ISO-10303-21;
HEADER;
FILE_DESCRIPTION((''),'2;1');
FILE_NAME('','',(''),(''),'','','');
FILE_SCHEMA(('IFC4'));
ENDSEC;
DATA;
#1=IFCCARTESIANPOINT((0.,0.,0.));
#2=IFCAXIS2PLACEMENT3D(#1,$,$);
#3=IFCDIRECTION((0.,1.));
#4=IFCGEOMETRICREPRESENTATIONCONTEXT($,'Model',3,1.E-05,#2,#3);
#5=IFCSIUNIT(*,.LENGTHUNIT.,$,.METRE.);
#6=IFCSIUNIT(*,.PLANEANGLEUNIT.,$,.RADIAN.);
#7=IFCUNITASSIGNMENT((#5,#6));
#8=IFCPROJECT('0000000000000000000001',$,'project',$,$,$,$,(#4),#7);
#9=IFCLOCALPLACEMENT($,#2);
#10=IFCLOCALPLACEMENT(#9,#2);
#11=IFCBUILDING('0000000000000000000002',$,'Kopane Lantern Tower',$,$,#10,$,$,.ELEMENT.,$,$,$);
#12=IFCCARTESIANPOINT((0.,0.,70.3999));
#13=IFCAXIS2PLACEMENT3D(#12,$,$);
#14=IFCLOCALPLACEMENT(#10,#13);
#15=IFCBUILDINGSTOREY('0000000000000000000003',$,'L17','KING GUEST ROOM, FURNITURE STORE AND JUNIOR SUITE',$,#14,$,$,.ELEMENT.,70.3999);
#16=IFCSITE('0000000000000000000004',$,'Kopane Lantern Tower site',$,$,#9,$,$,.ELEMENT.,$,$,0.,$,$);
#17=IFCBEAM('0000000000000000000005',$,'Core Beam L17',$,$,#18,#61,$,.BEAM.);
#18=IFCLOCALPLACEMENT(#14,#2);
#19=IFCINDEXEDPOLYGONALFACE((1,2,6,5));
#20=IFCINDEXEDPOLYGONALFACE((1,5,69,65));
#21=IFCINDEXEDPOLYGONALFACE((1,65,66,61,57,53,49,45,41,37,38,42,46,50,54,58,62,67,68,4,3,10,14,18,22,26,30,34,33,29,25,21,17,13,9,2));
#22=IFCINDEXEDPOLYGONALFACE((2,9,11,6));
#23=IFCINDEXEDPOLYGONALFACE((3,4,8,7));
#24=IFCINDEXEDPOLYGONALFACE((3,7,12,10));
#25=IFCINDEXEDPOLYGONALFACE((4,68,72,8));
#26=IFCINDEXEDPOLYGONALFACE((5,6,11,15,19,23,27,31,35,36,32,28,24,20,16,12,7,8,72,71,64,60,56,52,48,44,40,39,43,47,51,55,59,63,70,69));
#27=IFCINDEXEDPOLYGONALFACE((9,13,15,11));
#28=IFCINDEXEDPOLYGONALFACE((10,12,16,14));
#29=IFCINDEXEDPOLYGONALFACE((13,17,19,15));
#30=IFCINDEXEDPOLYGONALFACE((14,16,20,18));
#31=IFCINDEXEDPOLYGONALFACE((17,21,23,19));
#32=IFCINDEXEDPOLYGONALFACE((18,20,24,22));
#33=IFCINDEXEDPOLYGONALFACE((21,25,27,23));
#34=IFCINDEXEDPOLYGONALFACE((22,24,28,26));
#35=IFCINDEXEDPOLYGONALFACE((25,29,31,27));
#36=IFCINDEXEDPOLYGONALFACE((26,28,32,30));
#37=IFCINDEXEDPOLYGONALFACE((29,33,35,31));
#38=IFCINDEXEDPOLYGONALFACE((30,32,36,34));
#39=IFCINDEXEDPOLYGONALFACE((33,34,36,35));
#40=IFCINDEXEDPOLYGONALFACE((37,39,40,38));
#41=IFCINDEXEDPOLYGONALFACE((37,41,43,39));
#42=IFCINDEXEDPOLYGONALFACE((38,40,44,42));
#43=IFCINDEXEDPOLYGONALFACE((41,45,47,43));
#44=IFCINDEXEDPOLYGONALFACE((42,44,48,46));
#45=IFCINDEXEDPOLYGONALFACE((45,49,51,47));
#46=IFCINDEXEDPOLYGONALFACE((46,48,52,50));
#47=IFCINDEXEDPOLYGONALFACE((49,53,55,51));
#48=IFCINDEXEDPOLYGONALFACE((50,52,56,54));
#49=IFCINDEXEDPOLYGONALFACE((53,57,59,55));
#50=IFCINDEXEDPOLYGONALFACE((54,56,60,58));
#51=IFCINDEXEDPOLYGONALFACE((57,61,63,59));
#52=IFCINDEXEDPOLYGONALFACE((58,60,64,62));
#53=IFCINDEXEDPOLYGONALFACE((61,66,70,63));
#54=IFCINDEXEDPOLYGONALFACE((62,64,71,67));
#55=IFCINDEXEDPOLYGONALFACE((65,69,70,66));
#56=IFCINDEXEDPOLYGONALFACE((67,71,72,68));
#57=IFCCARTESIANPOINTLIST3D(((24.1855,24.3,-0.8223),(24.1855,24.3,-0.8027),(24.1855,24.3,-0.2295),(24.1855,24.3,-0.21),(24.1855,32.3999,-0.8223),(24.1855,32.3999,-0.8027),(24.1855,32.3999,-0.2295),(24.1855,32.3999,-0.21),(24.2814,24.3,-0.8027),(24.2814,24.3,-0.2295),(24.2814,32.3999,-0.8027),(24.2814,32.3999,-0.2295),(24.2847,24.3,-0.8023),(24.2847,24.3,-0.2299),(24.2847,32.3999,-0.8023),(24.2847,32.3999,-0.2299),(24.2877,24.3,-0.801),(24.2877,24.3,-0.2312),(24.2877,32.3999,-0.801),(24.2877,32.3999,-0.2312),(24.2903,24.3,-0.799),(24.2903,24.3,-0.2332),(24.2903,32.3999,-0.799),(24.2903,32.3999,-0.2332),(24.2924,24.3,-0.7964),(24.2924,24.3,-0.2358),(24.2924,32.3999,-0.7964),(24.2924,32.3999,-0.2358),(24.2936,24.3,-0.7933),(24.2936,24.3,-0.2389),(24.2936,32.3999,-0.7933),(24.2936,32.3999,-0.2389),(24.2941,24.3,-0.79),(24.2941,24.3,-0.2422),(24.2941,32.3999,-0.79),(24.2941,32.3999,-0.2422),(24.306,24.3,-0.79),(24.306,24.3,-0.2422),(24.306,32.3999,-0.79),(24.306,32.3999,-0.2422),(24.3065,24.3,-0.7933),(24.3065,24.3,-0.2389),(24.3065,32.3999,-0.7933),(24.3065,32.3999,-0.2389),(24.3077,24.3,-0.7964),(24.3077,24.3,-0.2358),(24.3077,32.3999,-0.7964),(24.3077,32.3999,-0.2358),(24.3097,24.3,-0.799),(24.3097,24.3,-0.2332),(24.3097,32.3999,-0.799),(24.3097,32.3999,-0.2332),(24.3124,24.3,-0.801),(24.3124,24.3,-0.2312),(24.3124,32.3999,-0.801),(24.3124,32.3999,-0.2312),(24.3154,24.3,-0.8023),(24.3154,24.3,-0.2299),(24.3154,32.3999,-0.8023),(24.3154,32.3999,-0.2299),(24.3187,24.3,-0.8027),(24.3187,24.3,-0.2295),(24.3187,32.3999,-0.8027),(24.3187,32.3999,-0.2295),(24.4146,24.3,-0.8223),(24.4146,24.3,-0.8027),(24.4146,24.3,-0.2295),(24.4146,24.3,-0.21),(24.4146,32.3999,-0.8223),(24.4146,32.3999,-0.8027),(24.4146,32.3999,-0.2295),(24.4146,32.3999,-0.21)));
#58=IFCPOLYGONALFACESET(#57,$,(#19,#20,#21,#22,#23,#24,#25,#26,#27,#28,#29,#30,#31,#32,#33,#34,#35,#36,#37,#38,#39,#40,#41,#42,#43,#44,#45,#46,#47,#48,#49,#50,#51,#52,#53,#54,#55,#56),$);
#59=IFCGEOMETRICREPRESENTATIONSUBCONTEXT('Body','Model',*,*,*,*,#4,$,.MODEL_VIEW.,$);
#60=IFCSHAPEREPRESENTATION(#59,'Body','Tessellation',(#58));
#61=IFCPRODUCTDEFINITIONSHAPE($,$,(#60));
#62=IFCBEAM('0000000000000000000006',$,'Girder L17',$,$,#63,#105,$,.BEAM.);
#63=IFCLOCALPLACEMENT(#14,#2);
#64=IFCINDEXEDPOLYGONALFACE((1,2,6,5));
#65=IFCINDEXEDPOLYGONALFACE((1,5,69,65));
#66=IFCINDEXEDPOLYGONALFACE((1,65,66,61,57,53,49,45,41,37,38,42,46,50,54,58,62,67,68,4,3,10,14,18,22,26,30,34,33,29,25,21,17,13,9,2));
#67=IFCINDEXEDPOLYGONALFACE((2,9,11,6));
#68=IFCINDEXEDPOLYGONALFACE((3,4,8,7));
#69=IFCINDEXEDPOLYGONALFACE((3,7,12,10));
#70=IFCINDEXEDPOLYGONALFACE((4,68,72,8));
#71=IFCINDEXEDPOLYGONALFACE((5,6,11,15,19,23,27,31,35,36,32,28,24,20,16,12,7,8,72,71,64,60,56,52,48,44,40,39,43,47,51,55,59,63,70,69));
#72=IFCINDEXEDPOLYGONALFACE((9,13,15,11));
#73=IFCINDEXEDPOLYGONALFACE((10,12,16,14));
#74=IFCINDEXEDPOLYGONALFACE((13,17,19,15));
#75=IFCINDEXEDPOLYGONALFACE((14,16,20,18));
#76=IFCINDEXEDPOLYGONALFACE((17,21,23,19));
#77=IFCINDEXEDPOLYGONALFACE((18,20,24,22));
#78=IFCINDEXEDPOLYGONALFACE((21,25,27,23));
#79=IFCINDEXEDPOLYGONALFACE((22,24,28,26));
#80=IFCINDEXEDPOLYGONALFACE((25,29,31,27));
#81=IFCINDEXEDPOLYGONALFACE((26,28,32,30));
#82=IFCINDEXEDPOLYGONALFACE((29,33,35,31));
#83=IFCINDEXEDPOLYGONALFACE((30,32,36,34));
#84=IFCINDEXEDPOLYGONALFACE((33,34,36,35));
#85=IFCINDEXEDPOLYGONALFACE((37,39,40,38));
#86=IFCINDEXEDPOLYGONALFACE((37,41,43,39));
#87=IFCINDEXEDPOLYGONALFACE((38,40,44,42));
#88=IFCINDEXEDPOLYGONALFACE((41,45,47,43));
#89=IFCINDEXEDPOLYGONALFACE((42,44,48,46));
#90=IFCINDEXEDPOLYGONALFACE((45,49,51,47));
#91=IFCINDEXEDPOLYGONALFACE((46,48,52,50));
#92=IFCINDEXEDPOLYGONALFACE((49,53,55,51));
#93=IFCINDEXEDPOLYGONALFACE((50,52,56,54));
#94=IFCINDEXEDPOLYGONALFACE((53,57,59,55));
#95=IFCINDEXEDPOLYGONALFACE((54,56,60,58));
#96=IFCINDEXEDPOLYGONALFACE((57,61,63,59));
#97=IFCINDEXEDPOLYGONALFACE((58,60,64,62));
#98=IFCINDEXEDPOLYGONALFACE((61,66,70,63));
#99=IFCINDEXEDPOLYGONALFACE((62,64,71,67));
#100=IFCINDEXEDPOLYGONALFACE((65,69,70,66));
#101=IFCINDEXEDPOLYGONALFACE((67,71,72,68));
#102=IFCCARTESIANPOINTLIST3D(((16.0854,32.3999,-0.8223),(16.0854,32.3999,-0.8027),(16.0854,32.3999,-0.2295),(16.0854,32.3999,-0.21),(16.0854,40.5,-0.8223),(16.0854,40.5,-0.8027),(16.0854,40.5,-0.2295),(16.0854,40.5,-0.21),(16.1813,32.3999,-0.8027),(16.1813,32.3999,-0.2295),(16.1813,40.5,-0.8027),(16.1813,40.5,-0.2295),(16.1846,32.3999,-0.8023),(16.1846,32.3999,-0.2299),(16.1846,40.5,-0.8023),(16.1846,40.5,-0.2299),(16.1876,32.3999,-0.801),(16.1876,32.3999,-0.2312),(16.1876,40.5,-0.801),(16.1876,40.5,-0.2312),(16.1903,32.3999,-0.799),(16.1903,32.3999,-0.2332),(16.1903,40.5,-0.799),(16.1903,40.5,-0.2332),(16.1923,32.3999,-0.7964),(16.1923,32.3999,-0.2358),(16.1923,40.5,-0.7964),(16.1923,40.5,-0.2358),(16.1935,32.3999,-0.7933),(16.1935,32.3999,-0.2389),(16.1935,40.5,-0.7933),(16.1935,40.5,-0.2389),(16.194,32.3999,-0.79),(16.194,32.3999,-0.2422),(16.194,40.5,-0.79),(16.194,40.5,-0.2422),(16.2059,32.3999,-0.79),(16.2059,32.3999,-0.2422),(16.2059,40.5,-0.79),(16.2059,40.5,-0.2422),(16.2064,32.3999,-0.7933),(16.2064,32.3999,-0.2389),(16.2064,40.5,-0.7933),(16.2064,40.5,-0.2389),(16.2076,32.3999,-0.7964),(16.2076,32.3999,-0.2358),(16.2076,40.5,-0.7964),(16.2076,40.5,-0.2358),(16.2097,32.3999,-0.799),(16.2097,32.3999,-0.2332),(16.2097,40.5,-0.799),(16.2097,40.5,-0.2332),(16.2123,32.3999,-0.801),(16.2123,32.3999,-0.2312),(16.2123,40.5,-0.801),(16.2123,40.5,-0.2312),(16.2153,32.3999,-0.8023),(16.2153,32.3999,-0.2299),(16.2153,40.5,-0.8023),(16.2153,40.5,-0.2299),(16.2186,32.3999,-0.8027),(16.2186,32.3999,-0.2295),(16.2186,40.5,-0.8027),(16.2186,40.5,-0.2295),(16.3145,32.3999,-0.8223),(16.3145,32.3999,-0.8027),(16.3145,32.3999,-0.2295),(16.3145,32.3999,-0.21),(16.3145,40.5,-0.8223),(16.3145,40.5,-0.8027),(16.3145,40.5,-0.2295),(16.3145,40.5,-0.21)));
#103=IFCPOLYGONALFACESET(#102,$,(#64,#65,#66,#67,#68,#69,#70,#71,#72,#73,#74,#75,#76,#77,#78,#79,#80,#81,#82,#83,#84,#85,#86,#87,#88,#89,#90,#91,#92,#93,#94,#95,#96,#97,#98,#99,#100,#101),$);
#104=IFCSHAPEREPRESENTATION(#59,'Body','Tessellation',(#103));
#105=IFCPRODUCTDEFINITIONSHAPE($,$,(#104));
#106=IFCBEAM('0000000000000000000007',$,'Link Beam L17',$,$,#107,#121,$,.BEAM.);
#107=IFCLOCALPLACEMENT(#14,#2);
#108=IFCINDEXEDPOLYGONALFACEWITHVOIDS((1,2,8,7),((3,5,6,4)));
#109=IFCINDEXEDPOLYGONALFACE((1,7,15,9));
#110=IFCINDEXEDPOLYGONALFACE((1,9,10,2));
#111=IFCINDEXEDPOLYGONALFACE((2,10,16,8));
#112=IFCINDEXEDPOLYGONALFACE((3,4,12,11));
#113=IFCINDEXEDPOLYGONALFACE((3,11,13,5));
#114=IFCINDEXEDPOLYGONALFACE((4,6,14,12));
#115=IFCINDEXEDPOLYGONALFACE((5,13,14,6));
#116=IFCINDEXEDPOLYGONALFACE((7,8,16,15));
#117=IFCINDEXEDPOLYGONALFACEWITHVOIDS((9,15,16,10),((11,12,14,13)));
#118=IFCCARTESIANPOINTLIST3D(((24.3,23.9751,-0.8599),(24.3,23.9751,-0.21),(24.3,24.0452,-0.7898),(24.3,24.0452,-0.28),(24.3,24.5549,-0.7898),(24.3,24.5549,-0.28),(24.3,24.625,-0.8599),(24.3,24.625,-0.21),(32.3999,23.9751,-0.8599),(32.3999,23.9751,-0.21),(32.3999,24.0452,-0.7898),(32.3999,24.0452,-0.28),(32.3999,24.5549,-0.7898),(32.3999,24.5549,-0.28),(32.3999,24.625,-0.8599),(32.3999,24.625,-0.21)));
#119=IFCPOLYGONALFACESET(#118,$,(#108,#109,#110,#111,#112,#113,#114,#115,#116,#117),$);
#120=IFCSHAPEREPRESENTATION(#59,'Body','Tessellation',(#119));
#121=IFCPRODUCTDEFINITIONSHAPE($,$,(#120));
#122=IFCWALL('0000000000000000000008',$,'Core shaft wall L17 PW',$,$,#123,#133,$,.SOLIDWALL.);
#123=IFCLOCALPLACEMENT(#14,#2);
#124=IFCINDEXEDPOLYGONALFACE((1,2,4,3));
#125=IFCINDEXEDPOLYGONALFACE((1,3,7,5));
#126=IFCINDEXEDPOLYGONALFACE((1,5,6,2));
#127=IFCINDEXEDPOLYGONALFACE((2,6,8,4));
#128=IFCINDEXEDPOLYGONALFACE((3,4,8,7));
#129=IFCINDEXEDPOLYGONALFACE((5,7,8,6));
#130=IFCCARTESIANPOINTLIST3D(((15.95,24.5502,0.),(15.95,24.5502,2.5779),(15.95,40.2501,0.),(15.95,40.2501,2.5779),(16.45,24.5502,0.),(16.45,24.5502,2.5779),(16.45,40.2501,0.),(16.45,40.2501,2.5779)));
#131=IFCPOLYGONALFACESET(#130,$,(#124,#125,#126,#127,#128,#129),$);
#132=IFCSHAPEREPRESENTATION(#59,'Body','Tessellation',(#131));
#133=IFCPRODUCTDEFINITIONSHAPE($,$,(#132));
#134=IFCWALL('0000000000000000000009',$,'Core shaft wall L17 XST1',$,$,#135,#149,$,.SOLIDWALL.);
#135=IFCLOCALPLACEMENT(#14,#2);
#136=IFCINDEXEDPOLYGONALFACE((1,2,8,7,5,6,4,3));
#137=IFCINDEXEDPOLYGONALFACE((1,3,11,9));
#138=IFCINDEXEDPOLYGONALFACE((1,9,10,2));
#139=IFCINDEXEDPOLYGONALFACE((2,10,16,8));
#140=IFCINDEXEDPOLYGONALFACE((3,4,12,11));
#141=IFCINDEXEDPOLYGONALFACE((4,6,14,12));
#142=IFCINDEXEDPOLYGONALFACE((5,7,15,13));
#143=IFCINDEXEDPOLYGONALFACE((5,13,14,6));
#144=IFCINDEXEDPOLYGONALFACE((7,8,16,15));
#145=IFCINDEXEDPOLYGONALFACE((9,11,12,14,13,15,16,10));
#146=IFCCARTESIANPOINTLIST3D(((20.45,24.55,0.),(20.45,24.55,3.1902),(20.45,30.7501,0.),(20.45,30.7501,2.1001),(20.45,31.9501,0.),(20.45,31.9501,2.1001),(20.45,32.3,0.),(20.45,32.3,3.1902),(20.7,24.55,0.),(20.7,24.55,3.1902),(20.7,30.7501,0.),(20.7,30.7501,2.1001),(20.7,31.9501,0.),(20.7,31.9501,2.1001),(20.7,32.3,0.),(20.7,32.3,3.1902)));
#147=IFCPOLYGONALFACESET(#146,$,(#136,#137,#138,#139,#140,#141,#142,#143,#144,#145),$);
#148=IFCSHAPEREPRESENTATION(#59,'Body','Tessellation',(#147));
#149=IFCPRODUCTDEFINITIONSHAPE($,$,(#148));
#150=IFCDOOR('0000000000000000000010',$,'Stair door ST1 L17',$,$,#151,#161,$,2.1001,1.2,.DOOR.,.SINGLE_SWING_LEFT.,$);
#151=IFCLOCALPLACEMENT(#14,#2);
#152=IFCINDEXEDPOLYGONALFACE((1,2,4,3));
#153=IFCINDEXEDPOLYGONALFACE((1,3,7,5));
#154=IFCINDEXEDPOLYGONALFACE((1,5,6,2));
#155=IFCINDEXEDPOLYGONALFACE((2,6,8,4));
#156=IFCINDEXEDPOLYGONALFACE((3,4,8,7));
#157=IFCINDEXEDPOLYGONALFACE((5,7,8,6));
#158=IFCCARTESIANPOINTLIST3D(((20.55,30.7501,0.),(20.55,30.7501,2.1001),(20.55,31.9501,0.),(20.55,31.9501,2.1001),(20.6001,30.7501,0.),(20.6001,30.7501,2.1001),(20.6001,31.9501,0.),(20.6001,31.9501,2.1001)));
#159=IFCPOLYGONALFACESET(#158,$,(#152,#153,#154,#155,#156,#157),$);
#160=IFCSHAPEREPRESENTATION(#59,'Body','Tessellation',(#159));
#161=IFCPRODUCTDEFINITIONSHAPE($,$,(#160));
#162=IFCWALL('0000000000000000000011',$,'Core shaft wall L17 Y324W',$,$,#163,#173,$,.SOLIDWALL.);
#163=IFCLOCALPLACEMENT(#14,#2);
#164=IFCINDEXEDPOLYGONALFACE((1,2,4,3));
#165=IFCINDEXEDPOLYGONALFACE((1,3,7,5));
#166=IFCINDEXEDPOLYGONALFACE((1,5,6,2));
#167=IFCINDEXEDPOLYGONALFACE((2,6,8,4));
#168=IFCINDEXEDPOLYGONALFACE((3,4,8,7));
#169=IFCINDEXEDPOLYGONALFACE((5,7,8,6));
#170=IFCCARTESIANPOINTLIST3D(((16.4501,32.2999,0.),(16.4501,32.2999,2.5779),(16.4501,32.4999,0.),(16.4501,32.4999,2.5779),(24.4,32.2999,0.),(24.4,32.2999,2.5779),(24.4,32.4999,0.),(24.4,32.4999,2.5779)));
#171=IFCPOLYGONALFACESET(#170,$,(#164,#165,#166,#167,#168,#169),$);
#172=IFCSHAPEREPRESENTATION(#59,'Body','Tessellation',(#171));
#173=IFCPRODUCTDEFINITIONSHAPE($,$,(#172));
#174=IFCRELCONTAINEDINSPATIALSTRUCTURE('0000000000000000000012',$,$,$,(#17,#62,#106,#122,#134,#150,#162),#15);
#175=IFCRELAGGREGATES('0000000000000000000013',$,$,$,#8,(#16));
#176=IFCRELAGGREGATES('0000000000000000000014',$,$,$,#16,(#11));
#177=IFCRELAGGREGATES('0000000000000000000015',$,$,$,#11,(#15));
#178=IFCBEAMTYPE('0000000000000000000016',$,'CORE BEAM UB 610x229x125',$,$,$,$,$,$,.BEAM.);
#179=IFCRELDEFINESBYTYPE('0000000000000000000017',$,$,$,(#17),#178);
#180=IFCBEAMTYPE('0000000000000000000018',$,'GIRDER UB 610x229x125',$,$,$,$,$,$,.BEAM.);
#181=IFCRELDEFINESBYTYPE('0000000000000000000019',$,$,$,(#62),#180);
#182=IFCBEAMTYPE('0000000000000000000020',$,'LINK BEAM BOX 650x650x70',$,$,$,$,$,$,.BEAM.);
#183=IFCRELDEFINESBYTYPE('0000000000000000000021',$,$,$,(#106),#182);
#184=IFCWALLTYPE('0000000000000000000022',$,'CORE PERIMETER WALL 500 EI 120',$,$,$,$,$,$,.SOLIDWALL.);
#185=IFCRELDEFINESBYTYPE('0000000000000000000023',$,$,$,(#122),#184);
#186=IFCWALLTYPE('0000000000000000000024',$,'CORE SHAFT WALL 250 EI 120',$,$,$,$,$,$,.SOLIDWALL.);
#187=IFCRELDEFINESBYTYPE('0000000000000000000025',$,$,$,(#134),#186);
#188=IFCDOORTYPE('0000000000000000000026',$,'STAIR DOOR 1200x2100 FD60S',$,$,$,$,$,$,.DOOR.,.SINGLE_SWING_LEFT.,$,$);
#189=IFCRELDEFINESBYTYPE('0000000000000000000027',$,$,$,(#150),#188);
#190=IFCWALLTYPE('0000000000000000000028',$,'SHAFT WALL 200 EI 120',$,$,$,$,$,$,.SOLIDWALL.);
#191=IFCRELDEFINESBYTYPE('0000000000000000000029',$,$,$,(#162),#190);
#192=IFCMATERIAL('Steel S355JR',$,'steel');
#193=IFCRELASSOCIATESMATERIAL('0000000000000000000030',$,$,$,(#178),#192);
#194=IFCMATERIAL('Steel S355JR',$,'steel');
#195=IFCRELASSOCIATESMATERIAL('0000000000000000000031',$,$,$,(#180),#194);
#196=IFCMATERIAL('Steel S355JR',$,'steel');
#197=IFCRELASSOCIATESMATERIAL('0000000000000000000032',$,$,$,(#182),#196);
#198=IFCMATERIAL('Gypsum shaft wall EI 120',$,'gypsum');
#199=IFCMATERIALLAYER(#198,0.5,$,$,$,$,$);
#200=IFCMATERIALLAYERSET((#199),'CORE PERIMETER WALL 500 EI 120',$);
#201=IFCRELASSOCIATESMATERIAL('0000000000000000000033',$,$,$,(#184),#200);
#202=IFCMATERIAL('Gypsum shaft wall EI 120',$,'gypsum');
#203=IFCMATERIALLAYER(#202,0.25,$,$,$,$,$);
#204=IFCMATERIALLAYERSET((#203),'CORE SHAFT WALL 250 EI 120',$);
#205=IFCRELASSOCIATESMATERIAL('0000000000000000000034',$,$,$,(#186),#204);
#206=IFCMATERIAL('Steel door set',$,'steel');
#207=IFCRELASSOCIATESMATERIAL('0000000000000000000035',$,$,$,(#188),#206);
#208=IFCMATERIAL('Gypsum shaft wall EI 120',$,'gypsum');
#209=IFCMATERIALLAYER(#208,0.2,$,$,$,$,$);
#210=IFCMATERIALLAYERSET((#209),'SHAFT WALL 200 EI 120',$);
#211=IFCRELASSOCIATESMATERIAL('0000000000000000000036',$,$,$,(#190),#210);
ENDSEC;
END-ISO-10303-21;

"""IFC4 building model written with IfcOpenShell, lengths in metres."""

from ifc_helpers import new_model, si_unit, direction, frame, frame_2d, origin, origin_2d, place, context, subcontext, project, spatial, rectangle, hollow_rectangle, i_section, extrude, material, layer, layer_set, material_profile, profile_set, type_object, element, fill, save


model = new_model("IFC4")

# Units and contexts
model_context = context("Model", 3, precision=1e-05, world=origin(), true_north=direction((0.0, 1.0)))
body_context = subcontext(model_context, "Body", "Model", "MODEL_VIEW")
ifc_project = project(units=[si_unit("LENGTHUNIT", "METRE"), si_unit("PLANEANGLEUNIT", "RADIAN")], contexts=[model_context])

# Site, building, storey
site_placement = place(None, origin())
site = spatial("IfcSite", under=ifc_project, at=site_placement, Name="Kopane Lantern Tower site", CompositionType="ELEMENT", RefElevation=0.0)
building_placement = place(site_placement, origin())
building = spatial("IfcBuilding", under=site, at=building_placement, Name="Kopane Lantern Tower", CompositionType="ELEMENT")
storey_placement = place(building_placement, frame((0.0, 0.0, 70.3999)))
storey = spatial("IfcBuildingStorey", under=building, at=storey_placement, Name="L17", Description="KING GUEST ROOM, FURNITURE STORE AND JUNIOR SUITE", CompositionType="ELEMENT", Elevation=70.3999)

# Beams
ifc_material_1 = material(Name="Steel S355JR", Category="steel")
ifc_material_profile_1 = material_profile(ifc_material_1, i_section(OverallWidth=0.229, OverallDepth=0.6123, WebThickness=0.012, FlangeThickness=0.0195, FilletRadius=0.0127, at=origin_2d()), Name="UB 610x229x125")
ifc_profile_set_1 = profile_set([ifc_material_profile_1], Name="Steel S355JR")
beam_type_1 = type_object("IfcBeamType", Name="CORE BEAM UB 610x229x125", PredefinedType="BEAM", material=ifc_profile_set_1)
beam_1_placement = place(storey_placement, frame((24.3, 24.3, -0.5161), z_axis=(0.0, 1.0, 0.0), x_axis=(-1.0, 0.0, 0.0)))
element("IfcBeam", 1, at=beam_1_placement, inside=storey, type_object=beam_type_1, Name="Core Beam L17", PredefinedType="BEAM", context=body_context, shape_type="SweptSolid", body=[
    extrude(i_section(OverallWidth=0.229, OverallDepth=0.6123, WebThickness=0.012, FlangeThickness=0.0195, FilletRadius=0.0127, at=origin_2d()), origin(), (0.0, 0.0, 1.0), 8.0999),
])
ifc_material_2 = material(Name="Steel S355JR", Category="steel")
ifc_material_profile_2 = material_profile(ifc_material_2, i_section(OverallWidth=0.229, OverallDepth=0.6123, WebThickness=0.012, FlangeThickness=0.0195, FilletRadius=0.0127, at=origin_2d()), Name="UB 610x229x125")
ifc_profile_set_2 = profile_set([ifc_material_profile_2], Name="Steel S355JR")
beam_type_2 = type_object("IfcBeamType", Name="GIRDER UB 610x229x125", PredefinedType="BEAM", material=ifc_profile_set_2)
beam_2_placement = place(storey_placement, frame((16.2, 32.3999, -0.5161), z_axis=(0.0, 1.0, 0.0), x_axis=(-1.0, 0.0, 0.0)))
element("IfcBeam", 2, at=beam_2_placement, inside=storey, type_object=beam_type_2, Name="Girder L17", PredefinedType="BEAM", context=body_context, shape_type="SweptSolid", body=[
    extrude(i_section(OverallWidth=0.229, OverallDepth=0.6123, WebThickness=0.012, FlangeThickness=0.0195, FilletRadius=0.0127, at=origin_2d()), origin(), (0.0, 0.0, 1.0), 8.1001),
])
ifc_material_3 = material(Name="Steel S355JR", Category="steel")
ifc_material_profile_3 = material_profile(ifc_material_3, hollow_rectangle(XDim=0.6499, YDim=0.6499, WallThickness=0.0701, at=origin_2d()), Name="BOX 650x650x70")
ifc_profile_set_3 = profile_set([ifc_material_profile_3], Name="Steel S355JR")
beam_type_3 = type_object("IfcBeamType", Name="LINK BEAM BOX 650x650x70", PredefinedType="BEAM", material=ifc_profile_set_3)
beam_3_placement = place(storey_placement, frame((24.3, 24.3, -0.5349), z_axis=(1.0, 0.0, 0.0), x_axis=(0.0, 1.0, 0.0)))
element("IfcBeam", 3, at=beam_3_placement, inside=storey, type_object=beam_type_3, Name="Link Beam L17", PredefinedType="BEAM", context=body_context, shape_type="SweptSolid", body=[
    extrude(hollow_rectangle(XDim=0.6499, YDim=0.6499, WallThickness=0.0701, at=origin_2d()), origin(), (0.0, 0.0, 1.0), 8.0999),
])

# Wall
ifc_material_4 = material(Name="Gypsum shaft wall EI 120", Category="gypsum")
ifc_layer_1 = layer(ifc_material_4, 0.5)
ifc_layer_set_1 = layer_set([ifc_layer_1], Name="CORE PERIMETER WALL 500 EI 120")
wall_type_1 = type_object("IfcWallType", Name="CORE PERIMETER WALL 500 EI 120", PredefinedType="SOLIDWALL", material=ifc_layer_set_1)
wall_1_placement = place(storey_placement, frame((16.2, 24.55, 0.0), z_axis=(0.0, 0.0, 1.0), x_axis=(0.0, 1.0, 0.0)))
element("IfcWall", 4, at=wall_1_placement, inside=storey, type_object=wall_type_1, Name="Core shaft wall L17 PW", PredefinedType="SOLIDWALL", context=body_context, shape_type="SweptSolid", body=[
    extrude(rectangle(XDim=15.7, YDim=0.5, at=frame_2d((7.8501, 0.0))), origin(), (0.0, 0.0, 1.0), 2.5779),
])

# Wall, opening, door
ifc_material_5 = material(Name="Gypsum shaft wall EI 120", Category="gypsum")
ifc_layer_2 = layer(ifc_material_5, 0.25)
ifc_layer_set_2 = layer_set([ifc_layer_2], Name="CORE SHAFT WALL 250 EI 120")
wall_type_2 = type_object("IfcWallType", Name="CORE SHAFT WALL 250 EI 120", PredefinedType="SOLIDWALL", material=ifc_layer_set_2)
wall_2_placement = place(storey_placement, frame((20.575, 24.55, 0.0), z_axis=(0.0, 0.0, 1.0), x_axis=(0.0, 1.0, 0.0)))
wall_2 = element("IfcWall", 5, at=wall_2_placement, inside=storey, type_object=wall_type_2, Name="Core shaft wall L17 XST1", PredefinedType="SOLIDWALL", context=body_context, shape_type="SweptSolid", body=[
    extrude(rectangle(XDim=7.75, YDim=0.25, at=frame_2d((3.875, 0.0))), origin(), (0.0, 0.0, 1.0), 3.1902),
])
opening_1_placement = place(wall_2_placement, frame((6.2, 0.0, 0.0)))
opening_1 = element("IfcOpeningElement", 6, at=opening_1_placement, cuts=wall_2, PredefinedType="OPENING", context=body_context, shape_type="SweptSolid", body=[
    extrude(rectangle(XDim=1.2, YDim=2.1001, at=frame_2d((0.6001, 1.05))), frame((0.0, 0.135, 0.0), z_axis=(0.0, -1.0, 0.0), x_axis=(1.0, 0.0, 0.0)), (0.0, 0.0, 1.0), 0.27),
])
ifc_material_6 = material(Name="Steel door set", Category="steel")
door_type_1 = type_object("IfcDoorType", Name="STAIR DOOR 1200x2100 FD60S", OperationType="SINGLE_SWING_LEFT", PredefinedType="DOOR", material=ifc_material_6)
door_1_placement = place(opening_1_placement, origin())
door_1 = element("IfcDoor", 7, at=door_1_placement, inside=storey, type_object=door_type_1, Name="Stair door ST1 L17", OperationType="SINGLE_SWING_LEFT", OverallHeight=2.1001, OverallWidth=1.2, PredefinedType="DOOR", context=body_context, shape_type="SweptSolid", body=[
    extrude(rectangle(XDim=1.2, YDim=2.1001, at=frame_2d((0.6001, 1.05))), frame((0.0, 0.0249, 0.0), z_axis=(0.0, -1.0, 0.0), x_axis=(1.0, 0.0, 0.0)), (0.0, 0.0, 1.0), 0.05),
])
fill(opening_1, door_1)

# Wall
ifc_material_7 = material(Name="Gypsum shaft wall EI 120", Category="gypsum")
ifc_layer_3 = layer(ifc_material_7, 0.2)
ifc_layer_set_3 = layer_set([ifc_layer_3], Name="SHAFT WALL 200 EI 120")
wall_type_3 = type_object("IfcWallType", Name="SHAFT WALL 200 EI 120", PredefinedType="SOLIDWALL", material=ifc_layer_set_3)
wall_3_placement = place(storey_placement, frame((16.45, 32.3999, 0.0), z_axis=(0.0, 0.0, 1.0), x_axis=(1.0, 0.0, 0.0)))
element("IfcWall", 8, at=wall_3_placement, inside=storey, type_object=wall_type_3, Name="Core shaft wall L17 Y324W", PredefinedType="SOLIDWALL", context=body_context, shape_type="SweptSolid", body=[
    extrude(rectangle(XDim=7.95, YDim=0.2, at=frame_2d((3.9751, 0.0))), origin(), (0.0, 0.0, 1.0), 2.5779),
])

save(model, "model.ifc")
